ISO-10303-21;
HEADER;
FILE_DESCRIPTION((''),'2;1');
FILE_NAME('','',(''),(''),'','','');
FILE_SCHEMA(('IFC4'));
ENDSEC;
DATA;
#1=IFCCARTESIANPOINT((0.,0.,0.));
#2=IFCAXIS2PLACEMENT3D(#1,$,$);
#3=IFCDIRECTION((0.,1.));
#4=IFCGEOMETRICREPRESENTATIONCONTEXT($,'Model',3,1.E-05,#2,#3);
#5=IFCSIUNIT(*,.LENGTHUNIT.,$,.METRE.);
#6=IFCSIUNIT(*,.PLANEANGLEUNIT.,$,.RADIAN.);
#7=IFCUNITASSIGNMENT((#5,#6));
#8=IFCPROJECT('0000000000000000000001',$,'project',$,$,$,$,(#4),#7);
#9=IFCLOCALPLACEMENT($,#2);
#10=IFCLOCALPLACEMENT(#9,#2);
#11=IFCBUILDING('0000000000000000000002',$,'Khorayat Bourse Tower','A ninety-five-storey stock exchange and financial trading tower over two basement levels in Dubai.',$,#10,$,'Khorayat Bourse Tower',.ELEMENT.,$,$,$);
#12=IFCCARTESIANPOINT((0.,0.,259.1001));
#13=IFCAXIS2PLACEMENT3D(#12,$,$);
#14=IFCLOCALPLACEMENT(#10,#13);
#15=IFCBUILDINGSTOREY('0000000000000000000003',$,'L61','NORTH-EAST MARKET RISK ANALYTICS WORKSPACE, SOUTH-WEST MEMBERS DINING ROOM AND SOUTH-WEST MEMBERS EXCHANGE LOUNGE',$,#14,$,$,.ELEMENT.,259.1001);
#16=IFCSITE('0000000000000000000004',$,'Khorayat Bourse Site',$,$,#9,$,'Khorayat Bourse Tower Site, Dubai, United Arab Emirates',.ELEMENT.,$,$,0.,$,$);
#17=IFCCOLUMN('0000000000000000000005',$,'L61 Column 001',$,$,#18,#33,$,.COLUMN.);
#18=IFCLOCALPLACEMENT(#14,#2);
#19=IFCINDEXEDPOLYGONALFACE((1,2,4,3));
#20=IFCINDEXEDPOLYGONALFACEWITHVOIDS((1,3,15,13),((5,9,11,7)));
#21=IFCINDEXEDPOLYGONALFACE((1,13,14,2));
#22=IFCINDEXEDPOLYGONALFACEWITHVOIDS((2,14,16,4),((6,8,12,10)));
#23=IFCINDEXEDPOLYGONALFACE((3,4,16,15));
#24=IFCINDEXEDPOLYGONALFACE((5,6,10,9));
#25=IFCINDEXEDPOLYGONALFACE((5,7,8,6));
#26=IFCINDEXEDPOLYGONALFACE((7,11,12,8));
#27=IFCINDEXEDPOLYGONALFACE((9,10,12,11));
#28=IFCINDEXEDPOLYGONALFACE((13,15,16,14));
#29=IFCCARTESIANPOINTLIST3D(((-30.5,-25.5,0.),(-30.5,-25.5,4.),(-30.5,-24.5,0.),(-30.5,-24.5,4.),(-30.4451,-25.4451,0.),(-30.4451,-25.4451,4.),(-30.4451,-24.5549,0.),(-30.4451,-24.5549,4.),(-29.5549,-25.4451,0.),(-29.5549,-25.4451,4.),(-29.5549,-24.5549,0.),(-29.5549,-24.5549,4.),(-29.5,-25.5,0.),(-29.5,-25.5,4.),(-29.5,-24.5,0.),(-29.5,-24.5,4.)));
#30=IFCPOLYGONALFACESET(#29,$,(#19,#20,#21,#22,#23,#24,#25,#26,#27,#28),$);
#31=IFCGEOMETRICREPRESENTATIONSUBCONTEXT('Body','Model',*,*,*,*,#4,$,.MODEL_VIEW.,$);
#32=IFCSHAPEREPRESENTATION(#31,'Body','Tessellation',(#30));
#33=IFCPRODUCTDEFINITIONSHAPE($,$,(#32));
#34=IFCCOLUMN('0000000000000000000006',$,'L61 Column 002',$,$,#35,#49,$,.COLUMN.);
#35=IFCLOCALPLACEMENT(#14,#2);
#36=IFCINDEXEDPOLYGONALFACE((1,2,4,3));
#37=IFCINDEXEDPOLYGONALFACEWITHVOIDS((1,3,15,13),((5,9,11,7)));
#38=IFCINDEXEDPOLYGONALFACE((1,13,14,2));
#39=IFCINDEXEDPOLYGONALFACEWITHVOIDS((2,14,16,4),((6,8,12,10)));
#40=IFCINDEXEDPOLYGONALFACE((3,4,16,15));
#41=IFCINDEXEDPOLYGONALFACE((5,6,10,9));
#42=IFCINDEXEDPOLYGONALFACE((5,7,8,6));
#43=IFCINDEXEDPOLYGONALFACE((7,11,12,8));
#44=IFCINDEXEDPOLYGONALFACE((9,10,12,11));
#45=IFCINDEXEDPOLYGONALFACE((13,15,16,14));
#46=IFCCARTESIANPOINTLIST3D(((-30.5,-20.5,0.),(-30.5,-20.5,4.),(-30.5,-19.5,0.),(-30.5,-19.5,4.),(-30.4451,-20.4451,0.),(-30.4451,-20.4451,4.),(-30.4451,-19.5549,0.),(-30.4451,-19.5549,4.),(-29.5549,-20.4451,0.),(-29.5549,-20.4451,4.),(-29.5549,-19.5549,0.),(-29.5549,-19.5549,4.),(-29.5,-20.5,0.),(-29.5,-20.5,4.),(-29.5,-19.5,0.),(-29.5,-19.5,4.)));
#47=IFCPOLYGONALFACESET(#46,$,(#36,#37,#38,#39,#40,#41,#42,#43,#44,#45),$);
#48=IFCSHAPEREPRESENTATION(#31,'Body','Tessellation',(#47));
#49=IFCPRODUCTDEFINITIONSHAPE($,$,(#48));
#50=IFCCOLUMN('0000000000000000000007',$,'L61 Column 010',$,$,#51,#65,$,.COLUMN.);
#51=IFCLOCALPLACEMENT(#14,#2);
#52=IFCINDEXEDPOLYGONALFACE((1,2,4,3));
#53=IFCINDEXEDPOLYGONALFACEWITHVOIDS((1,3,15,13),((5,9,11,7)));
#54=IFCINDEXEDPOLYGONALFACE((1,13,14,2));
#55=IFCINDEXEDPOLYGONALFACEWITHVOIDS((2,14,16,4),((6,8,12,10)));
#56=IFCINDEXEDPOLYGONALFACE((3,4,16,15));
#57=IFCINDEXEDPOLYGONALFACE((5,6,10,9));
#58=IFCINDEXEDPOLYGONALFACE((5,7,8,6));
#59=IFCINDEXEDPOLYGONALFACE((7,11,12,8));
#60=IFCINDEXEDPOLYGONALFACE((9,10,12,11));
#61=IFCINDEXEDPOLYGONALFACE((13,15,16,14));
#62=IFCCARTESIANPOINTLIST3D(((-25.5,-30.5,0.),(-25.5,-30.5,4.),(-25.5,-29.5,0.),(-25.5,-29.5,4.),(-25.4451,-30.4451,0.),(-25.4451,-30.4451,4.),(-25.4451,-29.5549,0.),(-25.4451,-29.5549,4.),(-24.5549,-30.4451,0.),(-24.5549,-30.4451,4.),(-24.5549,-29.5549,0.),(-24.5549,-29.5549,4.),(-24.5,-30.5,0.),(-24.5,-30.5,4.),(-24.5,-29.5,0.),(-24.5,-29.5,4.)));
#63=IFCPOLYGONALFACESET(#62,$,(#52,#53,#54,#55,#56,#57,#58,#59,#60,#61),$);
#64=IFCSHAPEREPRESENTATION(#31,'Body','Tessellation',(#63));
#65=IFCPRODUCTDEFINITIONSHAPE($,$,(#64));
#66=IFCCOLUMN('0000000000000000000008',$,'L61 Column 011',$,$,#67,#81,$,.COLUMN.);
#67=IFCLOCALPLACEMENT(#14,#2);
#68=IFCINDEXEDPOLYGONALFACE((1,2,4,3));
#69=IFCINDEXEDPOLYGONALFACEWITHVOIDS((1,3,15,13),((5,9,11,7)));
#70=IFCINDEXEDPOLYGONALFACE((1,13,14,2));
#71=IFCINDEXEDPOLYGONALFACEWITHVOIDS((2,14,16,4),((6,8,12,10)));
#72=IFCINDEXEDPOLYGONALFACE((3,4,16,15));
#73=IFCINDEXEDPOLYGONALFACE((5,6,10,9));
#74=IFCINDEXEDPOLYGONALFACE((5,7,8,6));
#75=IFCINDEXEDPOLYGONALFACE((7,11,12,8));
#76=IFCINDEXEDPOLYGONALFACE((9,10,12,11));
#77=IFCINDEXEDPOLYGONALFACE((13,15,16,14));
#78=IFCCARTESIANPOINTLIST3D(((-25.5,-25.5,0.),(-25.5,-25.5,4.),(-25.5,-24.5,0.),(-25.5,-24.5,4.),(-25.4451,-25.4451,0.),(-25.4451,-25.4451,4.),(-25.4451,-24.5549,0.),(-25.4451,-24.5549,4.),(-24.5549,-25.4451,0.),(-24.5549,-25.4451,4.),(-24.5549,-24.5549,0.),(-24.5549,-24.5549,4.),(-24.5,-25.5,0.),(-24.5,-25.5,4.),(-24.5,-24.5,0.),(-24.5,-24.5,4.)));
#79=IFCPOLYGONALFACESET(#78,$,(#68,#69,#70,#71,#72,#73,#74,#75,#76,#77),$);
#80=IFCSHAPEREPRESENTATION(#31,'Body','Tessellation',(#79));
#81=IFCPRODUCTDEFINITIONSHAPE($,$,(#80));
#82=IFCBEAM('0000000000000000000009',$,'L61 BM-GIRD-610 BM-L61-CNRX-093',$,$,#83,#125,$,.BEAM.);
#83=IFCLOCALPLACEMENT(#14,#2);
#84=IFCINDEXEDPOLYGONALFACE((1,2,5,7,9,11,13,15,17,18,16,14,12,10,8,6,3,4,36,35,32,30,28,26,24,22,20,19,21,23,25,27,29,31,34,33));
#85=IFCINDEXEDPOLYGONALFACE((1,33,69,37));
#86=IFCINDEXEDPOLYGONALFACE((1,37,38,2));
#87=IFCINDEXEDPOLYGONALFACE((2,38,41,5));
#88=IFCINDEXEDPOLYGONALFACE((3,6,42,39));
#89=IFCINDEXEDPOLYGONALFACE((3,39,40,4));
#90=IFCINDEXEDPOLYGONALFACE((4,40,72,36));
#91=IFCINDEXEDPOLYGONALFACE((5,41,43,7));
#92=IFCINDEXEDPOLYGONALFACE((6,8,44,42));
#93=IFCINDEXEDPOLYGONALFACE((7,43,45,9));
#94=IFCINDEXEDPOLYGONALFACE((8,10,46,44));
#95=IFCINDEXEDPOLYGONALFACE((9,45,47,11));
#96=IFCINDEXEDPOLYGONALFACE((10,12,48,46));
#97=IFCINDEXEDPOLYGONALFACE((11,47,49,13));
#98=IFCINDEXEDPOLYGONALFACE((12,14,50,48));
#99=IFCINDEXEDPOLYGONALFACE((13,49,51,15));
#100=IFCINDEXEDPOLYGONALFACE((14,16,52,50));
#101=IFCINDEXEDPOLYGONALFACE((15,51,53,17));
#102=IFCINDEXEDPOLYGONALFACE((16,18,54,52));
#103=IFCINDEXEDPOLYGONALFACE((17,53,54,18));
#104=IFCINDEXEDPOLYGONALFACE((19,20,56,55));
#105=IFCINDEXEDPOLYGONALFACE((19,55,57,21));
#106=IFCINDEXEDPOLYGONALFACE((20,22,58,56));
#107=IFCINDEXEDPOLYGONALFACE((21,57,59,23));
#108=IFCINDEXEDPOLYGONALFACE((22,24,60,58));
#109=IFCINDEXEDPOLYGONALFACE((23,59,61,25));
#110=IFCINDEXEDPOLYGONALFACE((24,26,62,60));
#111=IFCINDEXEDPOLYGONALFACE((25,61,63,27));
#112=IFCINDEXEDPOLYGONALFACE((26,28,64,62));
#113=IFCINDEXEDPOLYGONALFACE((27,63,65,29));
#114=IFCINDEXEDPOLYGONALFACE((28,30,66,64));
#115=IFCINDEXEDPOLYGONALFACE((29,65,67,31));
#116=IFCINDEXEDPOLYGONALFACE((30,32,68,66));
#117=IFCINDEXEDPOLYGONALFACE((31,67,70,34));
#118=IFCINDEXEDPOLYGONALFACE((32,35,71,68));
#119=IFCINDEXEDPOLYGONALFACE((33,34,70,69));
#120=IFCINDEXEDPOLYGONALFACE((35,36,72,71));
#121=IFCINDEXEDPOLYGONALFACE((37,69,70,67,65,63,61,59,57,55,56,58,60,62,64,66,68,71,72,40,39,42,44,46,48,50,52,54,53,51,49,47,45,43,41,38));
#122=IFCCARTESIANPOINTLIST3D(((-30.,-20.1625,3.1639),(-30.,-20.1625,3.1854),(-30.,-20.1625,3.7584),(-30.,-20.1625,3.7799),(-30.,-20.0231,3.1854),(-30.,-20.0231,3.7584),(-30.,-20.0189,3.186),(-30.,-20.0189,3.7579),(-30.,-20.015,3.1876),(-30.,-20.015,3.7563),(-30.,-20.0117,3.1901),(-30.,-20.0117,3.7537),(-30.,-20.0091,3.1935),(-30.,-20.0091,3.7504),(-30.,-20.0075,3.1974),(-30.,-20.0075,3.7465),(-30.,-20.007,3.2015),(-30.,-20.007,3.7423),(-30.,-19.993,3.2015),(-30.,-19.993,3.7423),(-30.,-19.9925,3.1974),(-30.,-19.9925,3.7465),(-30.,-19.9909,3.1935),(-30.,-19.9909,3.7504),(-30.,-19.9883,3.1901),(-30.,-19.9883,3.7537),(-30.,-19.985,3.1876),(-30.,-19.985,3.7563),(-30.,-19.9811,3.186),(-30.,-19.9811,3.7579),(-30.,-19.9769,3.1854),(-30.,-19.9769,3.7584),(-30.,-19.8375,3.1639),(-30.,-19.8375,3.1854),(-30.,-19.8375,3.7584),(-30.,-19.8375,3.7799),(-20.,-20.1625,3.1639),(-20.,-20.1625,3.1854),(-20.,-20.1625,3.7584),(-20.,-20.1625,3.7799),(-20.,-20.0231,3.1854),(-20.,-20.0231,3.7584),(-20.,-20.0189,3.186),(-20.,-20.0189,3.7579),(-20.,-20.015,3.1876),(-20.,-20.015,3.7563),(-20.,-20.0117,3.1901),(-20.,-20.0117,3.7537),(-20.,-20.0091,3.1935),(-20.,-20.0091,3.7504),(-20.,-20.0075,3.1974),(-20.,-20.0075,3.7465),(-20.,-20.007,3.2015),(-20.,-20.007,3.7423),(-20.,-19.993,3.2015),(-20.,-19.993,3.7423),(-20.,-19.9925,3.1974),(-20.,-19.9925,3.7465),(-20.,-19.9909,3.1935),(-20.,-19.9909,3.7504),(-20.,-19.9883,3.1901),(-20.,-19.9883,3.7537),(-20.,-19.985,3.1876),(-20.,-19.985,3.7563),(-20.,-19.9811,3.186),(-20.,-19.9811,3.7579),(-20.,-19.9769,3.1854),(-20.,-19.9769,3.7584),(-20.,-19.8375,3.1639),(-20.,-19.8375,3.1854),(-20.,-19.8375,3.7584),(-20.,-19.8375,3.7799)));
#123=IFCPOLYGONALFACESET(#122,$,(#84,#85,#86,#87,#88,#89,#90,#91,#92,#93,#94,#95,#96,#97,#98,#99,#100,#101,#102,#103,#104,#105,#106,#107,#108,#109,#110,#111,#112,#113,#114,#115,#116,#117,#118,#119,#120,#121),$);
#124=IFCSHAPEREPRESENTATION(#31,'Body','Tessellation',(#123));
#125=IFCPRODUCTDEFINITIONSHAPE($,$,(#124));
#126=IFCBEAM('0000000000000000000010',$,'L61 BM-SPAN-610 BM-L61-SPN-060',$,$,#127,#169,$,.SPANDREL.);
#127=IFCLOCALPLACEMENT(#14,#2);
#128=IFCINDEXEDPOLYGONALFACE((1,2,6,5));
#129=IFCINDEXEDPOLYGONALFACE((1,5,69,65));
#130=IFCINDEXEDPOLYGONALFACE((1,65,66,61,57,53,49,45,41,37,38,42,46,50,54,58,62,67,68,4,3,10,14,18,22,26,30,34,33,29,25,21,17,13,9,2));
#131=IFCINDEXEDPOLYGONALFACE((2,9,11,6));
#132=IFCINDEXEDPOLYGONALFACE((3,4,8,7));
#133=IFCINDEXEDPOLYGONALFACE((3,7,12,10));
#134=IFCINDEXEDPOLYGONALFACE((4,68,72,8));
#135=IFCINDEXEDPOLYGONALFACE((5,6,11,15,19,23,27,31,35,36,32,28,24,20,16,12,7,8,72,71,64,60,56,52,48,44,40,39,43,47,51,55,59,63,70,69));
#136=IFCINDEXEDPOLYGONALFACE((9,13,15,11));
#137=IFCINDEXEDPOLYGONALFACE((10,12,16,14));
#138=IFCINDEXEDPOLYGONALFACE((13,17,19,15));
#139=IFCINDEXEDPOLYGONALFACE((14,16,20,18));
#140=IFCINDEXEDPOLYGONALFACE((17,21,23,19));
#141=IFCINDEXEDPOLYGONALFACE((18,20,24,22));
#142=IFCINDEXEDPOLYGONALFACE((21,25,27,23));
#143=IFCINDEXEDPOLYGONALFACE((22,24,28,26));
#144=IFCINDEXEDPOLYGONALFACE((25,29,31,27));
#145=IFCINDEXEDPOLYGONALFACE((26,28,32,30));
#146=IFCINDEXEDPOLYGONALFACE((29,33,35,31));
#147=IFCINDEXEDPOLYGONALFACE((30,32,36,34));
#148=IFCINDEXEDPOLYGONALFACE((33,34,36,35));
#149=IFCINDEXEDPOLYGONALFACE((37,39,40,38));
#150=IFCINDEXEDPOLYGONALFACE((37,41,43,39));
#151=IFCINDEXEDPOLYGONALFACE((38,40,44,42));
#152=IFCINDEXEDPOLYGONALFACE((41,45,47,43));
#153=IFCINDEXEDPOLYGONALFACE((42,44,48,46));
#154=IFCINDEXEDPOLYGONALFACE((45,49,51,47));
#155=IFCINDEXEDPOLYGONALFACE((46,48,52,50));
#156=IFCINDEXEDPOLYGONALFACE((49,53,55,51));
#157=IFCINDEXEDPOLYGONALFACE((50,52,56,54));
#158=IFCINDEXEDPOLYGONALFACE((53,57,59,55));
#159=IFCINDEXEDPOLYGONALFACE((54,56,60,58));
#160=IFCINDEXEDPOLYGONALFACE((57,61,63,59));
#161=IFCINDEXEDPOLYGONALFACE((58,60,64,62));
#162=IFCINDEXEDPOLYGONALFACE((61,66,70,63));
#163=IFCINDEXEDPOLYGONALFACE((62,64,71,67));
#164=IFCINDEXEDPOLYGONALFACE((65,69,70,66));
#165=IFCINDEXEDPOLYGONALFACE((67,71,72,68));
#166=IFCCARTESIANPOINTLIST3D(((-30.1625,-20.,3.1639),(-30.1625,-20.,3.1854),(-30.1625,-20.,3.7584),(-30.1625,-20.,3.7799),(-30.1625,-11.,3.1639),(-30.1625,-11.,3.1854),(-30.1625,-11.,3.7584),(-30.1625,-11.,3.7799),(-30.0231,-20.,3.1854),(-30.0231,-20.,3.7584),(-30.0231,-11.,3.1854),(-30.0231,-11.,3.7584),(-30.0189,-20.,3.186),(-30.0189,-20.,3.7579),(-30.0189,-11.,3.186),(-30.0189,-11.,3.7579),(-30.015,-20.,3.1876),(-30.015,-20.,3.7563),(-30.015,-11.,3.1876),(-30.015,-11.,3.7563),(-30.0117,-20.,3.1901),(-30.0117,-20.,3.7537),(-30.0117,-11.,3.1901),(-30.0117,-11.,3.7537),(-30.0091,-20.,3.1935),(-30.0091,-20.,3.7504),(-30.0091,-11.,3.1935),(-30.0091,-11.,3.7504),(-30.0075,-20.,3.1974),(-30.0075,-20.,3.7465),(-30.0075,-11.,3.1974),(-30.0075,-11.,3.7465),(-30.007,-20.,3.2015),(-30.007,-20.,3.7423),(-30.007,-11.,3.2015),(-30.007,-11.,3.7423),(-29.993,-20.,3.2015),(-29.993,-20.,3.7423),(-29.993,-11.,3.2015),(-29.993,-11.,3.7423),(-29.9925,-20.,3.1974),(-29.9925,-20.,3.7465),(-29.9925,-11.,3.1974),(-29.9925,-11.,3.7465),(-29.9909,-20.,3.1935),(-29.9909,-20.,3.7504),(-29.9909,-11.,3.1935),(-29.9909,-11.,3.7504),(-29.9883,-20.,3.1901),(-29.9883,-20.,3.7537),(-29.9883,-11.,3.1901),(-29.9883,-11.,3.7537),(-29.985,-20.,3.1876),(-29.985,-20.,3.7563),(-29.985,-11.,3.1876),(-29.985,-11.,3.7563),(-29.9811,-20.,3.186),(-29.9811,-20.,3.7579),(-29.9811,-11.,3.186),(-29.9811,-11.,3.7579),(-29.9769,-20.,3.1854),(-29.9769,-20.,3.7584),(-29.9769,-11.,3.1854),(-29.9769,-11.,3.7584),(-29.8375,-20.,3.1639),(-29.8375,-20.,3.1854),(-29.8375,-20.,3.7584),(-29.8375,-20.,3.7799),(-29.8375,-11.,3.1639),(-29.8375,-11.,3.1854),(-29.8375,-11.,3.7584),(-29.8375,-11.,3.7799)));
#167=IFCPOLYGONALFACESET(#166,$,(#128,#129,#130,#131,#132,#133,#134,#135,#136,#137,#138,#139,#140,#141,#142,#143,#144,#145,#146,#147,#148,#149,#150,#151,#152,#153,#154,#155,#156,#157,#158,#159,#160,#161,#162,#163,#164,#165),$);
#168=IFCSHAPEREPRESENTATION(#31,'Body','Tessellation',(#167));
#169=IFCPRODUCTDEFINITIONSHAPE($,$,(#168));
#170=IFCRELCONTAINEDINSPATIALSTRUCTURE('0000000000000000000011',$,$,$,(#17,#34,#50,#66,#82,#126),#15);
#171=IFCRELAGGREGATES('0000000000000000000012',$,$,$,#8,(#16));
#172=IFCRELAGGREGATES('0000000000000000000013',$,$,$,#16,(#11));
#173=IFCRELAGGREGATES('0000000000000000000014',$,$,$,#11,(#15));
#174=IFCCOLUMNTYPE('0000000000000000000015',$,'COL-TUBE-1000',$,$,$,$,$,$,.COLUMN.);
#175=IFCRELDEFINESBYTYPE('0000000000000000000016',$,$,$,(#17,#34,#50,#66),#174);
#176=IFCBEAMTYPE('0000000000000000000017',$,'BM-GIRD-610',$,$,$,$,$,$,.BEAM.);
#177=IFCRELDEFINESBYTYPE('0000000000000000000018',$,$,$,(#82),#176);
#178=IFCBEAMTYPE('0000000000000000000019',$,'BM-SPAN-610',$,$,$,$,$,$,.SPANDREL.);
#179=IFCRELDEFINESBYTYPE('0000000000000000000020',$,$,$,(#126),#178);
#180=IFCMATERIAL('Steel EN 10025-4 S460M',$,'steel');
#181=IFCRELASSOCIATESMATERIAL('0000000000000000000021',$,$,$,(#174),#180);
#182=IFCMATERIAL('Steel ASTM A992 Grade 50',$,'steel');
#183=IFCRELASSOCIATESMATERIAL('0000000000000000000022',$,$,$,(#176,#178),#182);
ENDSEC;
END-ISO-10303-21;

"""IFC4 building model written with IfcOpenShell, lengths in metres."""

from ifc_helpers import new_model, si_unit, direction, frame, origin, origin_2d, place, context, subcontext, project, spatial, hollow_rectangle, i_section, extrude, source, transform, mapped, material, material_profile, profile_set, type_object, element, save


model = new_model("IFC4")

# Units and contexts
model_context = context("Model", 3, precision=1e-05, world=origin(), true_north=direction((0.0, 1.0)))
body_context = subcontext(model_context, "Body", "Model", "MODEL_VIEW")
ifc_project = project(units=[si_unit("LENGTHUNIT", "METRE"), si_unit("PLANEANGLEUNIT", "RADIAN")], contexts=[model_context])

# Site, building, storey
site_placement = place(None, origin())
site = spatial("IfcSite", under=ifc_project, at=site_placement, Name="Khorayat Bourse Site", LongName="Khorayat Bourse Tower Site, Dubai, United Arab Emirates", CompositionType="ELEMENT", RefElevation=0.0)
building_placement = place(site_placement, origin())
building = spatial("IfcBuilding", under=site, at=building_placement, Name="Khorayat Bourse Tower", Description="A ninety-five-storey stock exchange and financial trading tower over two basement levels in Dubai.", LongName="Khorayat Bourse Tower", CompositionType="ELEMENT")
storey_placement = place(building_placement, frame((0.0, 0.0, 259.1001)))
storey = spatial("IfcBuildingStorey", under=building, at=storey_placement, Name="L61", Description="NORTH-EAST MARKET RISK ANALYTICS WORKSPACE, SOUTH-WEST MEMBERS DINING ROOM AND SOUTH-WEST MEMBERS EXCHANGE LOUNGE", CompositionType="ELEMENT", Elevation=259.1001)

# Columns
ifc_material_1 = material(Name="Steel EN 10025-4 S460M", Category="steel")
ifc_material_profile_1 = material_profile(ifc_material_1, hollow_rectangle(XDim=1.0, YDim=1.0, WallThickness=0.0549, at=origin_2d()), Name="BOX 1000x1000x55")
ifc_profile_set_1 = profile_set([ifc_material_profile_1], Name="Steel EN 10025-4 S460M")
column_type = type_object("IfcColumnType", Name="COL-TUBE-1000", PredefinedType="COLUMN", material=ifc_profile_set_1)
shared_shape_1 = source(origin(), body_context, "Body", "SweptSolid", [
    extrude(hollow_rectangle(XDim=1.0, YDim=1.0, WallThickness=0.0549, at=origin_2d()), origin(), (0.0, 0.0, 1.0), 4.0),
])
for number, where, z_axis, x_axis, name in (
    (1, (-30.0, -25.0, 0.0), (0.0, 0.0, 1.0), (1.0, 0.0, 0.0), "L61 Column 001"),
    (2, (-30.0, -20.0, 0.0), (0.0, 0.0, 1.0), (1.0, 0.0, 0.0), "L61 Column 002"),
    (3, (-25.0, -30.0, 0.0), (0.0, 0.0, 1.0), (1.0, 0.0, 0.0), "L61 Column 010"),
    (4, (-25.0, -25.0, 0.0), (0.0, 0.0, 1.0), (1.0, 0.0, 0.0), "L61 Column 011"),
):
    element("IfcColumn", number, at=place(storey_placement, frame(where, z_axis=z_axis, x_axis=x_axis)), inside=storey, type_object=column_type, Name=name, PredefinedType="COLUMN", context=body_context, shape_type="MappedRepresentation", body=[
        mapped(shared_shape_1, transform((0.0, 0.0, 0.0), scale=1.0)),
    ])

# Beams
ifc_material_2 = material(Name="Steel ASTM A992 Grade 50", Category="steel")
ifc_material_profile_2 = material_profile(ifc_material_2, i_section(OverallWidth=0.325, OverallDepth=0.616, WebThickness=0.0139, FlangeThickness=0.0215, FilletRadius=0.0161, at=origin_2d()), Name="W610X174")
ifc_profile_set_2 = profile_set([ifc_material_profile_2], Name="Steel ASTM A992 Grade 50")
beam_type_1 = type_object("IfcBeamType", Name="BM-GIRD-610", PredefinedType="BEAM", material=ifc_profile_set_2)
shared_shape_2 = source(origin(), body_context, "Body", "SweptSolid", [
    extrude(i_section(OverallWidth=0.325, OverallDepth=0.616, WebThickness=0.0139, FlangeThickness=0.0215, FilletRadius=0.0161, at=origin_2d()), origin(), (0.0, 0.0, 1.0), 10.0),
])
beam_1_placement = place(storey_placement, frame((-30.0, -20.0, 3.4719), z_axis=(1.0, 0.0, 0.0), x_axis=(0.0, 1.0, 0.0)))
element("IfcBeam", 5, at=beam_1_placement, inside=storey, type_object=beam_type_1, Name="L61 BM-GIRD-610 BM-L61-CNRX-093", PredefinedType="BEAM", context=body_context, shape_type="MappedRepresentation", body=[
    mapped(shared_shape_2, transform((0.0, 0.0, 0.0), scale=1.0)),
])
ifc_material_profile_3 = material_profile(ifc_material_2, i_section(OverallWidth=0.325, OverallDepth=0.616, WebThickness=0.0139, FlangeThickness=0.0215, FilletRadius=0.0161, at=origin_2d()), Name="W610X174")
ifc_profile_set_3 = profile_set([ifc_material_profile_3], Name="Steel ASTM A992 Grade 50")
beam_type_2 = type_object("IfcBeamType", Name="BM-SPAN-610", PredefinedType="SPANDREL", material=ifc_profile_set_3)
shared_shape_3 = source(origin(), body_context, "Body", "SweptSolid", [
    extrude(i_section(OverallWidth=0.325, OverallDepth=0.616, WebThickness=0.0139, FlangeThickness=0.0215, FilletRadius=0.0161, at=origin_2d()), origin(), (0.0, 0.0, 1.0), 9.0),
])
beam_2_placement = place(storey_placement, frame((-30.0, -20.0, 3.4719), z_axis=(0.0, 1.0, 0.0), x_axis=(-1.0, 0.0, 0.0)))
element("IfcBeam", 6, at=beam_2_placement, inside=storey, type_object=beam_type_2, Name="L61 BM-SPAN-610 BM-L61-SPN-060", PredefinedType="SPANDREL", context=body_context, shape_type="MappedRepresentation", body=[
    mapped(shared_shape_3, transform((0.0, 0.0, 0.0), scale=1.0)),
])

save(model, "model.ifc")
